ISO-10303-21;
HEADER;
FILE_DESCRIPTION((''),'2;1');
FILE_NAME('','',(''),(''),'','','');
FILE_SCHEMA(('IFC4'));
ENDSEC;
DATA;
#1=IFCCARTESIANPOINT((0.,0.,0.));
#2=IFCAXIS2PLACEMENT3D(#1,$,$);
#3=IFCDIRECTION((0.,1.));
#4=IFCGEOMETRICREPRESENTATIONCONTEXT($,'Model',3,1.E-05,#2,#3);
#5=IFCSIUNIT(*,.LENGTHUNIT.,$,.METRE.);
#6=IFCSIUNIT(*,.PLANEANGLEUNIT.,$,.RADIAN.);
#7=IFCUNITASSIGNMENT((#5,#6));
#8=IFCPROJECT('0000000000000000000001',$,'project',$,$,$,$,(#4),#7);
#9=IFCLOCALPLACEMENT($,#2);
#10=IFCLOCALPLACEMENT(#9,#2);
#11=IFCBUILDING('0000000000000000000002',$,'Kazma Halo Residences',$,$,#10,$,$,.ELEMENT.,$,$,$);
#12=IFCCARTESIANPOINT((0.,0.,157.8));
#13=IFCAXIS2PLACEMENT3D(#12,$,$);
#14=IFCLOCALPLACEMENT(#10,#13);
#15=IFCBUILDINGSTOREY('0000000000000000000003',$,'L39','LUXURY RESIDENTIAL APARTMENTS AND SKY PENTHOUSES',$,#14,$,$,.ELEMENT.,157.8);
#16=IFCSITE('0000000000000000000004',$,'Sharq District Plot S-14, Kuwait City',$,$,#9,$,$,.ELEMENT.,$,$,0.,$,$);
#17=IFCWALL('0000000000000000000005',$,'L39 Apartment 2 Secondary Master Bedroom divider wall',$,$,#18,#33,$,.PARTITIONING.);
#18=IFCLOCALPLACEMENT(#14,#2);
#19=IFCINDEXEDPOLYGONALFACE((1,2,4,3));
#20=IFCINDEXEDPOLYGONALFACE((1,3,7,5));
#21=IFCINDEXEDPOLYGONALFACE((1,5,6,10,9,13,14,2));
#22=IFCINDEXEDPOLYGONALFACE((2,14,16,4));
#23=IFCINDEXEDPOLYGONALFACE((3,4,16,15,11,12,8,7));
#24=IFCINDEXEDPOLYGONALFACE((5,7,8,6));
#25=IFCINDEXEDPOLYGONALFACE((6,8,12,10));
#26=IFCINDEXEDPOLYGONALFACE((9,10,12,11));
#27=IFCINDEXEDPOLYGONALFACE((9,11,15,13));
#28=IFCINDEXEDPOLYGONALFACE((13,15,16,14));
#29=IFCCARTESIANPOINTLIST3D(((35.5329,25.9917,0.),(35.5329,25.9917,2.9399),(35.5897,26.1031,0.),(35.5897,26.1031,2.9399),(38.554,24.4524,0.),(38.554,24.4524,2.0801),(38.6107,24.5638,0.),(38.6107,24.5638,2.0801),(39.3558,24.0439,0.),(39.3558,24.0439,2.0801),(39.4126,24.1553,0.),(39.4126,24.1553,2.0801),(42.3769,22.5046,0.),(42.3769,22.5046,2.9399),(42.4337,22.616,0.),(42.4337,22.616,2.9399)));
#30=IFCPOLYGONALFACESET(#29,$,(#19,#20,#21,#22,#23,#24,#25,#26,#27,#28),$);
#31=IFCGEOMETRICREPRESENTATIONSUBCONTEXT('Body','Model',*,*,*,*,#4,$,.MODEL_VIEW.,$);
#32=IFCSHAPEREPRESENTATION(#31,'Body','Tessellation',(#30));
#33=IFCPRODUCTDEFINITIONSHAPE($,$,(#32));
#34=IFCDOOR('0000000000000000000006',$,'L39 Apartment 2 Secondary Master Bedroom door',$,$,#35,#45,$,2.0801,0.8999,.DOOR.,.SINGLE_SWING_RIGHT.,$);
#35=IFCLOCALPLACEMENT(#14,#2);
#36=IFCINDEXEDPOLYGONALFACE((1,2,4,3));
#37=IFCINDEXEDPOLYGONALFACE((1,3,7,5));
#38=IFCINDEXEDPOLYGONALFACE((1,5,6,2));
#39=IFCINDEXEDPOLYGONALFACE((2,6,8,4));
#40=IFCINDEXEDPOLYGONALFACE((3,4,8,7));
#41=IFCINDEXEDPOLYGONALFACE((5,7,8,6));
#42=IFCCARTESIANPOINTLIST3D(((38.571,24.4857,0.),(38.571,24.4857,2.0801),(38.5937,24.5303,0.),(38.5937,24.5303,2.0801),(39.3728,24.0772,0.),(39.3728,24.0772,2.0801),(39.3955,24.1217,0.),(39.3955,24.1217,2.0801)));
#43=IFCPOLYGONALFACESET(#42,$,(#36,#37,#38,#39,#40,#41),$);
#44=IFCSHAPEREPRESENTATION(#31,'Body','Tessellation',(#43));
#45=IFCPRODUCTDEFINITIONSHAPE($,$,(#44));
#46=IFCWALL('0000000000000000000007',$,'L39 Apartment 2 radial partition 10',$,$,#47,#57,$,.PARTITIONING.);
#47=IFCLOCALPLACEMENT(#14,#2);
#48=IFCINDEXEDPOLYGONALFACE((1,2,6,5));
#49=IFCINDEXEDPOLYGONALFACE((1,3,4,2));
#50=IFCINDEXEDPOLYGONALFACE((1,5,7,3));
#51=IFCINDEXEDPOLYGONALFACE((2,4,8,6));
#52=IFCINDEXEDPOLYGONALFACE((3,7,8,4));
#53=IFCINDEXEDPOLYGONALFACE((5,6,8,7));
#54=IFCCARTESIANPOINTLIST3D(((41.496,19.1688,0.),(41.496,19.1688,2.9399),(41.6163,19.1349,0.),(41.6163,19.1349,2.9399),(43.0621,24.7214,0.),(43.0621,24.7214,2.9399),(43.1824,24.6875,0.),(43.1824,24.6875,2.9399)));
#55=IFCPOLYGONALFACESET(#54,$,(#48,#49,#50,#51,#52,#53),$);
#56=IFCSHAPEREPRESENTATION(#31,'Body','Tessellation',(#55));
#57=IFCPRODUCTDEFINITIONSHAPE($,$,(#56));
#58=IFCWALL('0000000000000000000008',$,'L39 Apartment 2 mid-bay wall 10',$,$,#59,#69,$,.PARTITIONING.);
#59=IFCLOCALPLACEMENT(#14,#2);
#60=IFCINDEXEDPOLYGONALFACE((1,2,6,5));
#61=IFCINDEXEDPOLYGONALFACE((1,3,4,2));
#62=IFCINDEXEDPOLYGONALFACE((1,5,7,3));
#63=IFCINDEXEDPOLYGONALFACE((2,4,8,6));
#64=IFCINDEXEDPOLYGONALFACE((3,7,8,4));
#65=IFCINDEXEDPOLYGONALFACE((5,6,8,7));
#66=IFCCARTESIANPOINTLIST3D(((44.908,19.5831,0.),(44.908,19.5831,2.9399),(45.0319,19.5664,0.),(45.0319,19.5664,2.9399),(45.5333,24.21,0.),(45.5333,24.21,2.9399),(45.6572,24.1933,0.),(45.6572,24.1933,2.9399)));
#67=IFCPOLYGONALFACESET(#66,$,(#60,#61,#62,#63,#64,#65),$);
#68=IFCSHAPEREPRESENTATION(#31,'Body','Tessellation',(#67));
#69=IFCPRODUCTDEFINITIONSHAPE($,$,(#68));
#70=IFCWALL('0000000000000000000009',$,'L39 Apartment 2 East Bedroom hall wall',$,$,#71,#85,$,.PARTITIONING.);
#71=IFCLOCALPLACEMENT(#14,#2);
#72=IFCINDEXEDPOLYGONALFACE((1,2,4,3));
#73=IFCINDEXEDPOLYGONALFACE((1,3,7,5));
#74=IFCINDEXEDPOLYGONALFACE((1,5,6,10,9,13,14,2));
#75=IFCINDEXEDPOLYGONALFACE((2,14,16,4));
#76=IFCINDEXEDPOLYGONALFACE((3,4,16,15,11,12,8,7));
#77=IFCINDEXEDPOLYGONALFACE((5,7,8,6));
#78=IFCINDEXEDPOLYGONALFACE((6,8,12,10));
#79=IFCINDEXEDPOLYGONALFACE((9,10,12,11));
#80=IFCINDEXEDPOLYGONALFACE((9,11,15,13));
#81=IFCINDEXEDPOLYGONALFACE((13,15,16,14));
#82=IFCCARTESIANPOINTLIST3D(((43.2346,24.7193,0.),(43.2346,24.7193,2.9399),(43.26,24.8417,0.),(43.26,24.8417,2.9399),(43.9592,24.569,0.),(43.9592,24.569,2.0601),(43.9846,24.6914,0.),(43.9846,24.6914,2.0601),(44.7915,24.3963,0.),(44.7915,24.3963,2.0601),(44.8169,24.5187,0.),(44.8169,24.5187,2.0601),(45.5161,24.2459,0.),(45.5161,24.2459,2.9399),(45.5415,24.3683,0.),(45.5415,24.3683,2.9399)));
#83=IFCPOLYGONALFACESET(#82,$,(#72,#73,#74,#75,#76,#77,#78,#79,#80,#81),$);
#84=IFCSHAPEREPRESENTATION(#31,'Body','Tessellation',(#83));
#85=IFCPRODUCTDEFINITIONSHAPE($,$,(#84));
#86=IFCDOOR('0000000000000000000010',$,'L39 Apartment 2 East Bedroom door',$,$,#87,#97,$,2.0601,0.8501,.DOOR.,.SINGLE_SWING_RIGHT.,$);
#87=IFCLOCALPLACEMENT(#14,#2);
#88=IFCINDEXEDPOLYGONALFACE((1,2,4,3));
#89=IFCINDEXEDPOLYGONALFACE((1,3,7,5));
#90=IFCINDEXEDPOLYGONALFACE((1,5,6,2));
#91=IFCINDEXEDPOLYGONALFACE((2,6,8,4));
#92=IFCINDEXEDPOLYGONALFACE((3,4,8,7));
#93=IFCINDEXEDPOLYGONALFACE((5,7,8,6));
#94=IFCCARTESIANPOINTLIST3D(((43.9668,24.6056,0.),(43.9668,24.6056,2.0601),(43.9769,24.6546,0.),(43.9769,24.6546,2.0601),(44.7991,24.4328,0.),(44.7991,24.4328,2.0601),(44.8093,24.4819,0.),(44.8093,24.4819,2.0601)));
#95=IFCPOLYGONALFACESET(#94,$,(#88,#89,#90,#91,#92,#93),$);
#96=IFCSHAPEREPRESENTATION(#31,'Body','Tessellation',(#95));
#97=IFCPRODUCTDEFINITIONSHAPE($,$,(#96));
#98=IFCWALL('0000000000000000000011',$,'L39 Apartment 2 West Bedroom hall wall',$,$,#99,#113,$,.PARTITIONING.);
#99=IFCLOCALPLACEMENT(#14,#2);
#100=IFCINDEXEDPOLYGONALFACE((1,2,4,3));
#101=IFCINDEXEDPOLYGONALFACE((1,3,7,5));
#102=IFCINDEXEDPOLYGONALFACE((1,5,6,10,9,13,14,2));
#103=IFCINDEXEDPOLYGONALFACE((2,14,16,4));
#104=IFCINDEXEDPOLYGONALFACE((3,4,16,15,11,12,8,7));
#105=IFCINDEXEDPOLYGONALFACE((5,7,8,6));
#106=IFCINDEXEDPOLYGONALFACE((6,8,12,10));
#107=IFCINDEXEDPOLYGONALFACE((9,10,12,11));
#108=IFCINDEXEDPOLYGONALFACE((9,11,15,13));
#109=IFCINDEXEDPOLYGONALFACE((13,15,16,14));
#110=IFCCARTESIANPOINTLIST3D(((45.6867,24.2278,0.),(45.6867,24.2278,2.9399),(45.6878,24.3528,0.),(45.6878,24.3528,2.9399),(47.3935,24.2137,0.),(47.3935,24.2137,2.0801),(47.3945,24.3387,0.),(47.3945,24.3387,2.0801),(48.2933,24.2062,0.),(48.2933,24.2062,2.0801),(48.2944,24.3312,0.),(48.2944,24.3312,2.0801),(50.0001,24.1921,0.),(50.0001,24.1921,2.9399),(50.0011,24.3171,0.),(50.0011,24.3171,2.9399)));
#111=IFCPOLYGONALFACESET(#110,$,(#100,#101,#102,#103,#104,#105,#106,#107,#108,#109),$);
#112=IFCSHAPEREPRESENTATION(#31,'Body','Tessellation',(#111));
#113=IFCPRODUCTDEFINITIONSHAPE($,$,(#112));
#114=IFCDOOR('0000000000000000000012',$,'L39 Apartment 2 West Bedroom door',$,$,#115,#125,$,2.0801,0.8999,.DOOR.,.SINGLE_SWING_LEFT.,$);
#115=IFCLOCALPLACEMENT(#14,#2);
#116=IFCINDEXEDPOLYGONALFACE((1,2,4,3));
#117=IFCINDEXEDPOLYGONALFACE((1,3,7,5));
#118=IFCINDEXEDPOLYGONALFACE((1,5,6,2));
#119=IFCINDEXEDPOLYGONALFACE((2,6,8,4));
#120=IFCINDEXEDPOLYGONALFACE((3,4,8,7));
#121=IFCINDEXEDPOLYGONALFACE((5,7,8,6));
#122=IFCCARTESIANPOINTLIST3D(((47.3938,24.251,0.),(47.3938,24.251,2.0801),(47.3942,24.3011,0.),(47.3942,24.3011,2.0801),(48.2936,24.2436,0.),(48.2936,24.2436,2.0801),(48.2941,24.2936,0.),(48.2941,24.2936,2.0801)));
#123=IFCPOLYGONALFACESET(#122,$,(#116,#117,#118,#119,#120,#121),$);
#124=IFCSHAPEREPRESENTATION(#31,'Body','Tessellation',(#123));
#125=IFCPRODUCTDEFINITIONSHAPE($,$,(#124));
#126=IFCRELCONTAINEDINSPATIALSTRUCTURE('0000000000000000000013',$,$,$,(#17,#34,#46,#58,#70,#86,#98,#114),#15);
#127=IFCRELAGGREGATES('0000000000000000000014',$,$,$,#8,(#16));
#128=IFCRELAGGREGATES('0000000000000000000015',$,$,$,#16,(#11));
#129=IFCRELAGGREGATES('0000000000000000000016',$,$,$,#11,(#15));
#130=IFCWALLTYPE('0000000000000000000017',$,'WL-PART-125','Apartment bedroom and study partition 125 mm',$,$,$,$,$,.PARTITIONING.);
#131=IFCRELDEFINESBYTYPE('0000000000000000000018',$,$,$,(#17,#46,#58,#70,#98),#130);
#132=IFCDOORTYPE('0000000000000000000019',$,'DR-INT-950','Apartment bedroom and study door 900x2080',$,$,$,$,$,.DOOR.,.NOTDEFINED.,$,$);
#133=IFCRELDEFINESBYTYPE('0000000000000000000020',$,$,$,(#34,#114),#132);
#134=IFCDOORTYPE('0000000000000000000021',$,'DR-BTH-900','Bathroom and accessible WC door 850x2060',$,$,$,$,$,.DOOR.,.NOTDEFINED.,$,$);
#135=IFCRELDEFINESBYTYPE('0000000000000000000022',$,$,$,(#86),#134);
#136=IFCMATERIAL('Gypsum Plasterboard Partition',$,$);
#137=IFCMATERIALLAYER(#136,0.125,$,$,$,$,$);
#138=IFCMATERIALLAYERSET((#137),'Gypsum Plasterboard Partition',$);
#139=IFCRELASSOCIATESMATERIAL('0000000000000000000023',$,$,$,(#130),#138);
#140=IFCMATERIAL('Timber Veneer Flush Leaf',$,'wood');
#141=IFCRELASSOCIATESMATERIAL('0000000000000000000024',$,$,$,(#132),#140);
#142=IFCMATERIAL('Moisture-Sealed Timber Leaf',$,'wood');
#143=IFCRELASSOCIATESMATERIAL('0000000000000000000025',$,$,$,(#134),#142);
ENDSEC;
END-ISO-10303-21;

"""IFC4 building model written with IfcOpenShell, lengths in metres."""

from ifc_helpers import new_model, si_unit, direction, frame, frame_2d, origin, place, context, subcontext, project, spatial, rectangle, extrude, material, layer, layer_set, type_object, element, fill, save


model = new_model("IFC4")

# Units and contexts
model_context = context("Model", 3, precision=1e-05, world=origin(), true_north=direction((0.0, 1.0)))
body_context = subcontext(model_context, "Body", "Model", "MODEL_VIEW")
ifc_project = project(units=[si_unit("LENGTHUNIT", "METRE"), si_unit("PLANEANGLEUNIT", "RADIAN")], contexts=[model_context])

# Site, building, storey
site_placement = place(None, origin())
site = spatial("IfcSite", under=ifc_project, at=site_placement, Name="Sharq District Plot S-14, Kuwait City", CompositionType="ELEMENT", RefElevation=0.0)
building_placement = place(site_placement, origin())
building = spatial("IfcBuilding", under=site, at=building_placement, Name="Kazma Halo Residences", CompositionType="ELEMENT")
storey_placement = place(building_placement, frame((0.0, 0.0, 157.8)))
storey = spatial("IfcBuildingStorey", under=building, at=storey_placement, Name="L39", Description="LUXURY RESIDENTIAL APARTMENTS AND SKY PENTHOUSES", CompositionType="ELEMENT", Elevation=157.8)

# Shared definitions
ifc_material_1 = material(Name="Gypsum Plasterboard Partition")
ifc_layer_1 = layer(ifc_material_1, 0.125)
ifc_layer_set_1 = layer_set([ifc_layer_1], Name="Gypsum Plasterboard Partition")
wall_type_1 = type_object("IfcWallType", Name="WL-PART-125", Description="Apartment bedroom and study partition 125 mm", PredefinedType="PARTITIONING", material=ifc_layer_set_1)

# Wall, opening, door
wall_1_placement = place(storey_placement, frame((35.5613, 26.0474, 0.0), z_axis=(0.0, 0.0, 1.0), x_axis=(0.891013, -0.453977, 0.0)))
wall_1 = element("IfcWall", 1, at=wall_1_placement, inside=storey, type_object=wall_type_1, Name="L39 Apartment 2 Secondary Master Bedroom divider wall", PredefinedType="PARTITIONING", context=body_context, shape_type="SweptSolid", body=[
    extrude(rectangle(XDim=7.6812, YDim=0.125, at=frame_2d((3.8406, 0.0))), origin(), (0.0, 0.0, 1.0), 2.9399),
])
opening_1_placement = place(wall_1_placement, frame((3.3906, 0.0, 0.0)))
opening_1 = element("IfcOpeningElement", 2, at=opening_1_placement, cuts=wall_1, PredefinedType="OPENING", context=body_context, shape_type="SweptSolid", body=[
    extrude(rectangle(XDim=0.8999, YDim=2.0801, at=frame_2d((0.45, 1.04))), frame((0.0, 0.0725, 0.0), z_axis=(0.0, -1.0, 0.0), x_axis=(1.0, 0.0, 0.0)), (0.0, 0.0, 1.0), 0.145),
])
ifc_material_2 = material(Name="Timber Veneer Flush Leaf", Category="wood")
door_type_1 = type_object("IfcDoorType", Name="DR-INT-950", Description="Apartment bedroom and study door 900x2080", OperationType="NOTDEFINED", PredefinedType="DOOR", material=ifc_material_2)
door_1_placement = place(opening_1_placement, origin())
door_1 = element("IfcDoor", 3, at=door_1_placement, inside=storey, type_object=door_type_1, Name="L39 Apartment 2 Secondary Master Bedroom door", OperationType="SINGLE_SWING_RIGHT", OverallHeight=2.0801, OverallWidth=0.8999, PredefinedType="DOOR", context=body_context, shape_type="SweptSolid", body=[
    extrude(rectangle(XDim=0.8999, YDim=2.0801, at=frame_2d((0.45, 1.04))), frame((0.0, 0.0249, 0.0), z_axis=(0.0, -1.0, 0.0), x_axis=(1.0, 0.0, 0.0)), (0.0, 0.0, 1.0), 0.05),
])
fill(opening_1, door_1)

# Walls
wall_2_placement = place(storey_placement, frame((43.1223, 24.7046, 0.0), z_axis=(0.0, 0.0, 1.0), x_axis=(-0.271461, -0.962449, 0.0)))
element("IfcWall", 4, at=wall_2_placement, inside=storey, type_object=wall_type_1, Name="L39 Apartment 2 radial partition 10", PredefinedType="PARTITIONING", context=body_context, shape_type="SweptSolid", body=[
    extrude(rectangle(XDim=5.7693, YDim=0.125, at=frame_2d((2.8848, 0.0))), origin(), (0.0, 0.0, 1.0), 2.9399),
])
wall_3_placement = place(storey_placement, frame((45.5952, 24.2017, 0.0), z_axis=(0.0, 0.0, 1.0), x_axis=(-0.133914, -0.990993, 0.0)))
element("IfcWall", 5, at=wall_3_placement, inside=storey, type_object=wall_type_1, Name="L39 Apartment 2 mid-bay wall 10", PredefinedType="PARTITIONING", context=body_context, shape_type="SweptSolid", body=[
    extrude(rectangle(XDim=4.6689, YDim=0.125, at=frame_2d((2.3345, 0.0))), origin(), (0.0, 0.0, 1.0), 2.9399),
])

# Walls, openings, doors
wall_4_placement = place(storey_placement, frame((43.2473, 24.7805, 0.0), z_axis=(0.0, 0.0, 1.0), x_axis=(0.979145, -0.203163, 0.0)))
wall_4 = element("IfcWall", 6, at=wall_4_placement, inside=storey, type_object=wall_type_1, Name="L39 Apartment 2 East Bedroom hall wall", PredefinedType="PARTITIONING", context=body_context, shape_type="SweptSolid", body=[
    extrude(rectangle(XDim=2.3301, YDim=0.125, at=frame_2d((1.165, 0.0))), origin(), (0.0, 0.0, 1.0), 2.9399),
])
opening_2_placement = place(wall_4_placement, frame((0.74, 0.0, 0.0)))
opening_2 = element("IfcOpeningElement", 7, at=opening_2_placement, cuts=wall_4, PredefinedType="OPENING", context=body_context, shape_type="SweptSolid", body=[
    extrude(rectangle(XDim=0.8501, YDim=2.0601, at=frame_2d((0.425, 1.03))), frame((0.0, 0.0725, 0.0), z_axis=(0.0, -1.0, 0.0), x_axis=(1.0, 0.0, 0.0)), (0.0, 0.0, 1.0), 0.145),
])
ifc_material_3 = material(Name="Moisture-Sealed Timber Leaf", Category="wood")
door_type_2 = type_object("IfcDoorType", Name="DR-BTH-900", Description="Bathroom and accessible WC door 850x2060", OperationType="NOTDEFINED", PredefinedType="DOOR", material=ifc_material_3)
door_2_placement = place(opening_2_placement, origin())
door_2 = element("IfcDoor", 8, at=door_2_placement, inside=storey, type_object=door_type_2, Name="L39 Apartment 2 East Bedroom door", OperationType="SINGLE_SWING_RIGHT", OverallHeight=2.0601, OverallWidth=0.8501, PredefinedType="DOOR", context=body_context, shape_type="SweptSolid", body=[
    extrude(rectangle(XDim=0.8501, YDim=2.0601, at=frame_2d((0.425, 1.03))), frame((0.0, 0.0249, 0.0), z_axis=(0.0, -1.0, 0.0), x_axis=(1.0, 0.0, 0.0)), (0.0, 0.0, 1.0), 0.05),
])
fill(opening_2, door_2)
wall_5_placement = place(storey_placement, frame((45.6873, 24.2903, 0.0), z_axis=(0.0, 0.0, 1.0), x_axis=(0.999966, -0.008264, 0.0)))
wall_5 = element("IfcWall", 9, at=wall_5_placement, inside=storey, type_object=wall_type_1, Name="L39 Apartment 2 West Bedroom hall wall", PredefinedType="PARTITIONING", context=body_context, shape_type="SweptSolid", body=[
    extrude(rectangle(XDim=4.3135, YDim=0.125, at=frame_2d((2.1567, 0.0))), origin(), (0.0, 0.0, 1.0), 2.9399),
])
opening_3_placement = place(wall_5_placement, frame((1.7068, 0.0, 0.0)))
opening_3 = element("IfcOpeningElement", 10, at=opening_3_placement, cuts=wall_5, PredefinedType="OPENING", context=body_context, shape_type="SweptSolid", body=[
    extrude(rectangle(XDim=0.8999, YDim=2.0801, at=frame_2d((0.45, 1.04))), frame((0.0, 0.0725, 0.0), z_axis=(0.0, -1.0, 0.0), x_axis=(1.0, 0.0, 0.0)), (0.0, 0.0, 1.0), 0.145),
])
door_3_placement = place(opening_3_placement, origin())
door_3 = element("IfcDoor", 11, at=door_3_placement, inside=storey, type_object=door_type_1, Name="L39 Apartment 2 West Bedroom door", OperationType="SINGLE_SWING_LEFT", OverallHeight=2.0801, OverallWidth=0.8999, PredefinedType="DOOR", context=body_context, shape_type="SweptSolid", body=[
    extrude(rectangle(XDim=0.8999, YDim=2.0801, at=frame_2d((0.45, 1.04))), frame((0.0, 0.0249, 0.0), z_axis=(0.0, -1.0, 0.0), x_axis=(1.0, 0.0, 0.0)), (0.0, 0.0, 1.0), 0.05),
])
fill(opening_3, door_3)

save(model, "model.ifc")
